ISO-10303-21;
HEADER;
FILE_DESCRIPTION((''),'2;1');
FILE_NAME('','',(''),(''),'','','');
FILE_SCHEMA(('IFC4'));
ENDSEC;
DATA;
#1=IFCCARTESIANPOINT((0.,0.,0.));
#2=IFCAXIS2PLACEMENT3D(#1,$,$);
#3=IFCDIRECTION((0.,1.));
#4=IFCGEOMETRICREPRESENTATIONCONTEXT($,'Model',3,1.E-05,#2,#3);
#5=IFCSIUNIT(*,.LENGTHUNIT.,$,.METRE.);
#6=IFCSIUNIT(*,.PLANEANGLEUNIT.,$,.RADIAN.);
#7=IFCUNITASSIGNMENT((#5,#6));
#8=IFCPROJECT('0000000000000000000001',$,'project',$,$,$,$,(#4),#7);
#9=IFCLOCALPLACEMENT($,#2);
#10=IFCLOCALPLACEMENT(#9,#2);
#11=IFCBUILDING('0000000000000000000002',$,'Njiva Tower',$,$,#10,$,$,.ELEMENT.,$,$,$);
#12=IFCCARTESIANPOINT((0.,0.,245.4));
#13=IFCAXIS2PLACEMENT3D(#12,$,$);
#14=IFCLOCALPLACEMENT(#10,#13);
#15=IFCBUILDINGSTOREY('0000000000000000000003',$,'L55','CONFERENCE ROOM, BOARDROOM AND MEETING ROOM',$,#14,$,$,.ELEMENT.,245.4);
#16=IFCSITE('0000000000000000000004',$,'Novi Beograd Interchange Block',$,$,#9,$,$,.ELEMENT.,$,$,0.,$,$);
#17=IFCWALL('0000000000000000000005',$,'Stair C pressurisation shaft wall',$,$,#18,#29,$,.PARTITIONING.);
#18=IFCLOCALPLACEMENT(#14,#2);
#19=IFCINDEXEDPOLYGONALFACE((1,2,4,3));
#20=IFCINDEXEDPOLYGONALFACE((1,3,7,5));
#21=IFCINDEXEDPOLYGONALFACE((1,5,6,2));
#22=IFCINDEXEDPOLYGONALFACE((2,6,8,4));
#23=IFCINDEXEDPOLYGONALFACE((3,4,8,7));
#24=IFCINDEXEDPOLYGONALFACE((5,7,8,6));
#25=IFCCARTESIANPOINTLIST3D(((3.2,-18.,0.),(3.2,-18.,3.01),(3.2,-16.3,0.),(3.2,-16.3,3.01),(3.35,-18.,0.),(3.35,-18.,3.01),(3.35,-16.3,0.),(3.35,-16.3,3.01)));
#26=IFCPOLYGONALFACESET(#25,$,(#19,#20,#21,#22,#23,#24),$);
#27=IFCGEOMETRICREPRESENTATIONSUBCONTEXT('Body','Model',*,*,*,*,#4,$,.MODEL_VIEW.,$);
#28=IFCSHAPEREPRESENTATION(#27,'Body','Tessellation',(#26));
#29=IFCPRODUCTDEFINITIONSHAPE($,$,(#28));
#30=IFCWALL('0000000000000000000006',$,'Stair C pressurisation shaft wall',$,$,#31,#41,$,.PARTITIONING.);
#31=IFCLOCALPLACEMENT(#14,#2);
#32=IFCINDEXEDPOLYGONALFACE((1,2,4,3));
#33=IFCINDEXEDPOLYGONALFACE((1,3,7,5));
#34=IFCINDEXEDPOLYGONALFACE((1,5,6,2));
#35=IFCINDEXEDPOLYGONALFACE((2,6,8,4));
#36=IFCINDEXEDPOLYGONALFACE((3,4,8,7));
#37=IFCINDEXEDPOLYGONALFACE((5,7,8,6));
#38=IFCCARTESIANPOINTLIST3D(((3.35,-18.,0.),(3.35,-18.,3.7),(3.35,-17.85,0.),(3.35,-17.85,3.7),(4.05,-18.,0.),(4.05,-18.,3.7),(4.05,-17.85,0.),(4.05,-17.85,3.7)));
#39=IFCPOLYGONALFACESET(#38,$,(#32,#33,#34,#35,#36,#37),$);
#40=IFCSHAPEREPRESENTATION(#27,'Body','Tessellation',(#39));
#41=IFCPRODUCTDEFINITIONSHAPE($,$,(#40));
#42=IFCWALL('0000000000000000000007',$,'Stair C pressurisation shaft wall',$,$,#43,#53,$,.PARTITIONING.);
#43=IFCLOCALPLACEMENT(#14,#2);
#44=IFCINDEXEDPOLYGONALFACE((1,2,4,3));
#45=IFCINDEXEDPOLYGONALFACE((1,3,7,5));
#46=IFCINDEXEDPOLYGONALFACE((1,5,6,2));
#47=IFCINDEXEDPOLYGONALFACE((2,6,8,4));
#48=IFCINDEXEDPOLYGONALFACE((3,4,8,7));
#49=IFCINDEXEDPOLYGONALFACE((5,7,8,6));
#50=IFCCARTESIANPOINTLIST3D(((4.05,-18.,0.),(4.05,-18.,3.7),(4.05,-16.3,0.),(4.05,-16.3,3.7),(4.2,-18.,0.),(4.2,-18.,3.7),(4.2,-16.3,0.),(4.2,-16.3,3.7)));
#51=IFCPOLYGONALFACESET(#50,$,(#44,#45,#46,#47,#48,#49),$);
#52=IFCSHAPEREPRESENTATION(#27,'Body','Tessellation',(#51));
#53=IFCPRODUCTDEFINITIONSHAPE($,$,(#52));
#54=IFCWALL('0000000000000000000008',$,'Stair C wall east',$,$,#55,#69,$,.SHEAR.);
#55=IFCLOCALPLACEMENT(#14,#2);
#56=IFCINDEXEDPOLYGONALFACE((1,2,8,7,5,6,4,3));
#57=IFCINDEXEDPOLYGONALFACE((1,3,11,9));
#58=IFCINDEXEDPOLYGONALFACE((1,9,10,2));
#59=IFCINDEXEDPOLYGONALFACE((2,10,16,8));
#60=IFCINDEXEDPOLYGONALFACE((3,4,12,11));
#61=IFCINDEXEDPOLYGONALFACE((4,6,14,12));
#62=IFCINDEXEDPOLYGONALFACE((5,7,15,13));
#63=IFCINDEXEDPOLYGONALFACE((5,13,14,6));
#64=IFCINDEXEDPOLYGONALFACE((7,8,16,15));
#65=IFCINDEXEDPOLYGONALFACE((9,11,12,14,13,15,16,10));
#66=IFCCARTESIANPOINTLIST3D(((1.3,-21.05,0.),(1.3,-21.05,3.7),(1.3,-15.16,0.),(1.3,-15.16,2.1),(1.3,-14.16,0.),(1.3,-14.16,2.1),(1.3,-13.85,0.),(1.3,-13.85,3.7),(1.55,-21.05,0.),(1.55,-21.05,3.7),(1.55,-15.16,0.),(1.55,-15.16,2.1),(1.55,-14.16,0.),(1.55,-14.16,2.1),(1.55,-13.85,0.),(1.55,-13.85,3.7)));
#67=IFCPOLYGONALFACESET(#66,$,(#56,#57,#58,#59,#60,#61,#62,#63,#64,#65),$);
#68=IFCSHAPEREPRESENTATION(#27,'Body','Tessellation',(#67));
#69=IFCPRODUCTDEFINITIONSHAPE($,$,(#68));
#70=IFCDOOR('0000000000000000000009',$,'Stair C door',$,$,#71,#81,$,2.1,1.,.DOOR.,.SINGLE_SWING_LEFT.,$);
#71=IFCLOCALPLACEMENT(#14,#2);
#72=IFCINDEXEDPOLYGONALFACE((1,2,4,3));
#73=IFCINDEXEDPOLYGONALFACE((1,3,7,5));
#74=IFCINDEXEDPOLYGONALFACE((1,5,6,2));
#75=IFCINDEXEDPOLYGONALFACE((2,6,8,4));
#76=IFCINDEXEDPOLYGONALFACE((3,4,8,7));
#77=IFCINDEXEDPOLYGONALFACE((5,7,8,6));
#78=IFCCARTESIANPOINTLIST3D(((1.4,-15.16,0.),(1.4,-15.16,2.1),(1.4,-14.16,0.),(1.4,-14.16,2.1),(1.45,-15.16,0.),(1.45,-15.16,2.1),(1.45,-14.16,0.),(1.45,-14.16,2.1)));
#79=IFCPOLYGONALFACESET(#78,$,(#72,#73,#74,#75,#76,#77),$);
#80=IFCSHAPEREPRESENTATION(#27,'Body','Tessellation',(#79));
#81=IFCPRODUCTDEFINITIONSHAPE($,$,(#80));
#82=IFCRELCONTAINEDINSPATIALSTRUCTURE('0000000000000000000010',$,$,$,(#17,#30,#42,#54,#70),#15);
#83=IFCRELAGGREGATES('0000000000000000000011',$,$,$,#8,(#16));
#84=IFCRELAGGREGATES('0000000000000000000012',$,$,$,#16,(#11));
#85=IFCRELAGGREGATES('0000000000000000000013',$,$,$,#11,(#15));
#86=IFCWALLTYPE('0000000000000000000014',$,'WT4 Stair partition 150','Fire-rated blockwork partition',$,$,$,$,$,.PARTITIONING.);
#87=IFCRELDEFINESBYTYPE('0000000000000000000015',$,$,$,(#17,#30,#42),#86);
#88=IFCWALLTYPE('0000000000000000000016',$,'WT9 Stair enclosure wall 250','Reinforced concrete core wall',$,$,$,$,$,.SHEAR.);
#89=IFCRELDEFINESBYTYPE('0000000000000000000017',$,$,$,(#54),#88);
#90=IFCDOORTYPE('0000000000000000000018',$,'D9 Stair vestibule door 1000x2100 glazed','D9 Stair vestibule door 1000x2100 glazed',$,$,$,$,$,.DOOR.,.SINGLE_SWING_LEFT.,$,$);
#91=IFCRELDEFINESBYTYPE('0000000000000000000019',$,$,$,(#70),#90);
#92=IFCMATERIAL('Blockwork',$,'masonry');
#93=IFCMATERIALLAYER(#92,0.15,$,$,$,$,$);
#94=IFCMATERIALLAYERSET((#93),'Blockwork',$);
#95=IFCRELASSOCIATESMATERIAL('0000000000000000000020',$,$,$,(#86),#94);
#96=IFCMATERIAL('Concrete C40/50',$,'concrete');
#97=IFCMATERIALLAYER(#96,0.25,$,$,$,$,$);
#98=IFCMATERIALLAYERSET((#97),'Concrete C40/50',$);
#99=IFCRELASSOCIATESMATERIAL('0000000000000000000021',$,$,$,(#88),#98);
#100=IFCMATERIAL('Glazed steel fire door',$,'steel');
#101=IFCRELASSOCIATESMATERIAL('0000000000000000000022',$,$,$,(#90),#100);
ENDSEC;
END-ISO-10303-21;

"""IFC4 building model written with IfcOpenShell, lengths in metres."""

from ifc_helpers import new_model, si_unit, direction, frame, frame_2d, origin, place, context, subcontext, project, spatial, rectangle, extrude, material, layer, layer_set, type_object, element, fill, save


model = new_model("IFC4")

# Units and contexts
model_context = context("Model", 3, precision=1e-05, world=origin(), true_north=direction((0.0, 1.0)))
body_context = subcontext(model_context, "Body", "Model", "MODEL_VIEW")
ifc_project = project(units=[si_unit("LENGTHUNIT", "METRE"), si_unit("PLANEANGLEUNIT", "RADIAN")], contexts=[model_context])

# Site, building, storey
site_placement = place(None, origin())
site = spatial("IfcSite", under=ifc_project, at=site_placement, Name="Novi Beograd Interchange Block", CompositionType="ELEMENT", RefElevation=0.0)
building_placement = place(site_placement, origin())
building = spatial("IfcBuilding", under=site, at=building_placement, Name="Njiva Tower", CompositionType="ELEMENT")
storey_placement = place(building_placement, frame((0.0, 0.0, 245.4)))
storey = spatial("IfcBuildingStorey", under=building, at=storey_placement, Name="L55", Description="CONFERENCE ROOM, BOARDROOM AND MEETING ROOM", CompositionType="ELEMENT", Elevation=245.4)

# Walls
ifc_material_1 = material(Name="Blockwork", Category="masonry")
ifc_layer_1 = layer(ifc_material_1, 0.15)
ifc_layer_set_1 = layer_set([ifc_layer_1], Name="Blockwork")
wall_type_1 = type_object("IfcWallType", Name="WT4 Stair partition 150", Description="Fire-rated blockwork partition", PredefinedType="PARTITIONING", material=ifc_layer_set_1)
wall_1_placement = place(storey_placement, frame((3.275, -18.0, 0.0), z_axis=(0.0, 0.0, 1.0), x_axis=(0.0, 1.0, 0.0)))
element("IfcWall", 1, at=wall_1_placement, inside=storey, type_object=wall_type_1, Name="Stair C pressurisation shaft wall", PredefinedType="PARTITIONING", context=body_context, shape_type="SweptSolid", body=[
    extrude(rectangle(XDim=1.7, YDim=0.15, at=frame_2d((0.85, 0.0))), origin(), (0.0, 0.0, 1.0), 3.01),
])
wall_2_placement = place(storey_placement, frame((3.35, -17.925, 0.0), z_axis=(0.0, 0.0, 1.0), x_axis=(1.0, 0.0, 0.0)))
element("IfcWall", 2, at=wall_2_placement, inside=storey, type_object=wall_type_1, Name="Stair C pressurisation shaft wall", PredefinedType="PARTITIONING", context=body_context, shape_type="SweptSolid", body=[
    extrude(rectangle(XDim=0.7, YDim=0.15, at=frame_2d((0.35, 0.0))), origin(), (0.0, 0.0, 1.0), 3.7),
])
wall_3_placement = place(storey_placement, frame((4.125, -18.0, 0.0), z_axis=(0.0, 0.0, 1.0), x_axis=(0.0, 1.0, 0.0)))
element("IfcWall", 3, at=wall_3_placement, inside=storey, type_object=wall_type_1, Name="Stair C pressurisation shaft wall", PredefinedType="PARTITIONING", context=body_context, shape_type="SweptSolid", body=[
    extrude(rectangle(XDim=1.7, YDim=0.15, at=frame_2d((0.85, 0.0))), origin(), (0.0, 0.0, 1.0), 3.7),
])

# Wall, opening, door
ifc_material_2 = material(Name="Concrete C40/50", Category="concrete")
ifc_layer_2 = layer(ifc_material_2, 0.25)
ifc_layer_set_2 = layer_set([ifc_layer_2], Name="Concrete C40/50")
wall_type_2 = type_object("IfcWallType", Name="WT9 Stair enclosure wall 250", Description="Reinforced concrete core wall", PredefinedType="SHEAR", material=ifc_layer_set_2)
wall_4_placement = place(storey_placement, frame((1.425, -21.05, 0.0), z_axis=(0.0, 0.0, 1.0), x_axis=(0.0, 1.0, 0.0)))
wall_4 = element("IfcWall", 4, at=wall_4_placement, inside=storey, type_object=wall_type_2, Name="Stair C wall east", PredefinedType="SHEAR", context=body_context, shape_type="SweptSolid", body=[
    extrude(rectangle(XDim=7.2, YDim=0.25, at=frame_2d((3.6, 0.0))), origin(), (0.0, 0.0, 1.0), 3.7),
])
opening_1_placement = place(wall_4_placement, frame((5.89, 0.0, 0.0)))
opening_1 = element("IfcOpeningElement", 5, at=opening_1_placement, cuts=wall_4, PredefinedType="OPENING", context=body_context, shape_type="SweptSolid", body=[
    extrude(rectangle(XDim=1.0, YDim=2.1, at=frame_2d((0.5, 1.05))), frame((0.0, 0.135, 0.0), z_axis=(0.0, -1.0, 0.0), x_axis=(1.0, 0.0, 0.0)), (0.0, 0.0, 1.0), 0.27),
])
ifc_material_3 = material(Name="Glazed steel fire door", Category="steel")
door_type = type_object("IfcDoorType", Name="D9 Stair vestibule door 1000x2100 glazed", Description="D9 Stair vestibule door 1000x2100 glazed", OperationType="SINGLE_SWING_LEFT", PredefinedType="DOOR", material=ifc_material_3)
door_placement = place(opening_1_placement, origin())
door = element("IfcDoor", 6, at=door_placement, inside=storey, type_object=door_type, Name="Stair C door", OperationType="SINGLE_SWING_LEFT", OverallHeight=2.1, OverallWidth=1.0, PredefinedType="DOOR", context=body_context, shape_type="SweptSolid", body=[
    extrude(rectangle(XDim=1.0, YDim=2.1, at=frame_2d((0.5, 1.05))), frame((0.0, 0.025, 0.0), z_axis=(0.0, -1.0, 0.0), x_axis=(1.0, 0.0, 0.0)), (0.0, 0.0, 1.0), 0.05),
])
fill(opening_1, door)

save(model, "model.ifc")
